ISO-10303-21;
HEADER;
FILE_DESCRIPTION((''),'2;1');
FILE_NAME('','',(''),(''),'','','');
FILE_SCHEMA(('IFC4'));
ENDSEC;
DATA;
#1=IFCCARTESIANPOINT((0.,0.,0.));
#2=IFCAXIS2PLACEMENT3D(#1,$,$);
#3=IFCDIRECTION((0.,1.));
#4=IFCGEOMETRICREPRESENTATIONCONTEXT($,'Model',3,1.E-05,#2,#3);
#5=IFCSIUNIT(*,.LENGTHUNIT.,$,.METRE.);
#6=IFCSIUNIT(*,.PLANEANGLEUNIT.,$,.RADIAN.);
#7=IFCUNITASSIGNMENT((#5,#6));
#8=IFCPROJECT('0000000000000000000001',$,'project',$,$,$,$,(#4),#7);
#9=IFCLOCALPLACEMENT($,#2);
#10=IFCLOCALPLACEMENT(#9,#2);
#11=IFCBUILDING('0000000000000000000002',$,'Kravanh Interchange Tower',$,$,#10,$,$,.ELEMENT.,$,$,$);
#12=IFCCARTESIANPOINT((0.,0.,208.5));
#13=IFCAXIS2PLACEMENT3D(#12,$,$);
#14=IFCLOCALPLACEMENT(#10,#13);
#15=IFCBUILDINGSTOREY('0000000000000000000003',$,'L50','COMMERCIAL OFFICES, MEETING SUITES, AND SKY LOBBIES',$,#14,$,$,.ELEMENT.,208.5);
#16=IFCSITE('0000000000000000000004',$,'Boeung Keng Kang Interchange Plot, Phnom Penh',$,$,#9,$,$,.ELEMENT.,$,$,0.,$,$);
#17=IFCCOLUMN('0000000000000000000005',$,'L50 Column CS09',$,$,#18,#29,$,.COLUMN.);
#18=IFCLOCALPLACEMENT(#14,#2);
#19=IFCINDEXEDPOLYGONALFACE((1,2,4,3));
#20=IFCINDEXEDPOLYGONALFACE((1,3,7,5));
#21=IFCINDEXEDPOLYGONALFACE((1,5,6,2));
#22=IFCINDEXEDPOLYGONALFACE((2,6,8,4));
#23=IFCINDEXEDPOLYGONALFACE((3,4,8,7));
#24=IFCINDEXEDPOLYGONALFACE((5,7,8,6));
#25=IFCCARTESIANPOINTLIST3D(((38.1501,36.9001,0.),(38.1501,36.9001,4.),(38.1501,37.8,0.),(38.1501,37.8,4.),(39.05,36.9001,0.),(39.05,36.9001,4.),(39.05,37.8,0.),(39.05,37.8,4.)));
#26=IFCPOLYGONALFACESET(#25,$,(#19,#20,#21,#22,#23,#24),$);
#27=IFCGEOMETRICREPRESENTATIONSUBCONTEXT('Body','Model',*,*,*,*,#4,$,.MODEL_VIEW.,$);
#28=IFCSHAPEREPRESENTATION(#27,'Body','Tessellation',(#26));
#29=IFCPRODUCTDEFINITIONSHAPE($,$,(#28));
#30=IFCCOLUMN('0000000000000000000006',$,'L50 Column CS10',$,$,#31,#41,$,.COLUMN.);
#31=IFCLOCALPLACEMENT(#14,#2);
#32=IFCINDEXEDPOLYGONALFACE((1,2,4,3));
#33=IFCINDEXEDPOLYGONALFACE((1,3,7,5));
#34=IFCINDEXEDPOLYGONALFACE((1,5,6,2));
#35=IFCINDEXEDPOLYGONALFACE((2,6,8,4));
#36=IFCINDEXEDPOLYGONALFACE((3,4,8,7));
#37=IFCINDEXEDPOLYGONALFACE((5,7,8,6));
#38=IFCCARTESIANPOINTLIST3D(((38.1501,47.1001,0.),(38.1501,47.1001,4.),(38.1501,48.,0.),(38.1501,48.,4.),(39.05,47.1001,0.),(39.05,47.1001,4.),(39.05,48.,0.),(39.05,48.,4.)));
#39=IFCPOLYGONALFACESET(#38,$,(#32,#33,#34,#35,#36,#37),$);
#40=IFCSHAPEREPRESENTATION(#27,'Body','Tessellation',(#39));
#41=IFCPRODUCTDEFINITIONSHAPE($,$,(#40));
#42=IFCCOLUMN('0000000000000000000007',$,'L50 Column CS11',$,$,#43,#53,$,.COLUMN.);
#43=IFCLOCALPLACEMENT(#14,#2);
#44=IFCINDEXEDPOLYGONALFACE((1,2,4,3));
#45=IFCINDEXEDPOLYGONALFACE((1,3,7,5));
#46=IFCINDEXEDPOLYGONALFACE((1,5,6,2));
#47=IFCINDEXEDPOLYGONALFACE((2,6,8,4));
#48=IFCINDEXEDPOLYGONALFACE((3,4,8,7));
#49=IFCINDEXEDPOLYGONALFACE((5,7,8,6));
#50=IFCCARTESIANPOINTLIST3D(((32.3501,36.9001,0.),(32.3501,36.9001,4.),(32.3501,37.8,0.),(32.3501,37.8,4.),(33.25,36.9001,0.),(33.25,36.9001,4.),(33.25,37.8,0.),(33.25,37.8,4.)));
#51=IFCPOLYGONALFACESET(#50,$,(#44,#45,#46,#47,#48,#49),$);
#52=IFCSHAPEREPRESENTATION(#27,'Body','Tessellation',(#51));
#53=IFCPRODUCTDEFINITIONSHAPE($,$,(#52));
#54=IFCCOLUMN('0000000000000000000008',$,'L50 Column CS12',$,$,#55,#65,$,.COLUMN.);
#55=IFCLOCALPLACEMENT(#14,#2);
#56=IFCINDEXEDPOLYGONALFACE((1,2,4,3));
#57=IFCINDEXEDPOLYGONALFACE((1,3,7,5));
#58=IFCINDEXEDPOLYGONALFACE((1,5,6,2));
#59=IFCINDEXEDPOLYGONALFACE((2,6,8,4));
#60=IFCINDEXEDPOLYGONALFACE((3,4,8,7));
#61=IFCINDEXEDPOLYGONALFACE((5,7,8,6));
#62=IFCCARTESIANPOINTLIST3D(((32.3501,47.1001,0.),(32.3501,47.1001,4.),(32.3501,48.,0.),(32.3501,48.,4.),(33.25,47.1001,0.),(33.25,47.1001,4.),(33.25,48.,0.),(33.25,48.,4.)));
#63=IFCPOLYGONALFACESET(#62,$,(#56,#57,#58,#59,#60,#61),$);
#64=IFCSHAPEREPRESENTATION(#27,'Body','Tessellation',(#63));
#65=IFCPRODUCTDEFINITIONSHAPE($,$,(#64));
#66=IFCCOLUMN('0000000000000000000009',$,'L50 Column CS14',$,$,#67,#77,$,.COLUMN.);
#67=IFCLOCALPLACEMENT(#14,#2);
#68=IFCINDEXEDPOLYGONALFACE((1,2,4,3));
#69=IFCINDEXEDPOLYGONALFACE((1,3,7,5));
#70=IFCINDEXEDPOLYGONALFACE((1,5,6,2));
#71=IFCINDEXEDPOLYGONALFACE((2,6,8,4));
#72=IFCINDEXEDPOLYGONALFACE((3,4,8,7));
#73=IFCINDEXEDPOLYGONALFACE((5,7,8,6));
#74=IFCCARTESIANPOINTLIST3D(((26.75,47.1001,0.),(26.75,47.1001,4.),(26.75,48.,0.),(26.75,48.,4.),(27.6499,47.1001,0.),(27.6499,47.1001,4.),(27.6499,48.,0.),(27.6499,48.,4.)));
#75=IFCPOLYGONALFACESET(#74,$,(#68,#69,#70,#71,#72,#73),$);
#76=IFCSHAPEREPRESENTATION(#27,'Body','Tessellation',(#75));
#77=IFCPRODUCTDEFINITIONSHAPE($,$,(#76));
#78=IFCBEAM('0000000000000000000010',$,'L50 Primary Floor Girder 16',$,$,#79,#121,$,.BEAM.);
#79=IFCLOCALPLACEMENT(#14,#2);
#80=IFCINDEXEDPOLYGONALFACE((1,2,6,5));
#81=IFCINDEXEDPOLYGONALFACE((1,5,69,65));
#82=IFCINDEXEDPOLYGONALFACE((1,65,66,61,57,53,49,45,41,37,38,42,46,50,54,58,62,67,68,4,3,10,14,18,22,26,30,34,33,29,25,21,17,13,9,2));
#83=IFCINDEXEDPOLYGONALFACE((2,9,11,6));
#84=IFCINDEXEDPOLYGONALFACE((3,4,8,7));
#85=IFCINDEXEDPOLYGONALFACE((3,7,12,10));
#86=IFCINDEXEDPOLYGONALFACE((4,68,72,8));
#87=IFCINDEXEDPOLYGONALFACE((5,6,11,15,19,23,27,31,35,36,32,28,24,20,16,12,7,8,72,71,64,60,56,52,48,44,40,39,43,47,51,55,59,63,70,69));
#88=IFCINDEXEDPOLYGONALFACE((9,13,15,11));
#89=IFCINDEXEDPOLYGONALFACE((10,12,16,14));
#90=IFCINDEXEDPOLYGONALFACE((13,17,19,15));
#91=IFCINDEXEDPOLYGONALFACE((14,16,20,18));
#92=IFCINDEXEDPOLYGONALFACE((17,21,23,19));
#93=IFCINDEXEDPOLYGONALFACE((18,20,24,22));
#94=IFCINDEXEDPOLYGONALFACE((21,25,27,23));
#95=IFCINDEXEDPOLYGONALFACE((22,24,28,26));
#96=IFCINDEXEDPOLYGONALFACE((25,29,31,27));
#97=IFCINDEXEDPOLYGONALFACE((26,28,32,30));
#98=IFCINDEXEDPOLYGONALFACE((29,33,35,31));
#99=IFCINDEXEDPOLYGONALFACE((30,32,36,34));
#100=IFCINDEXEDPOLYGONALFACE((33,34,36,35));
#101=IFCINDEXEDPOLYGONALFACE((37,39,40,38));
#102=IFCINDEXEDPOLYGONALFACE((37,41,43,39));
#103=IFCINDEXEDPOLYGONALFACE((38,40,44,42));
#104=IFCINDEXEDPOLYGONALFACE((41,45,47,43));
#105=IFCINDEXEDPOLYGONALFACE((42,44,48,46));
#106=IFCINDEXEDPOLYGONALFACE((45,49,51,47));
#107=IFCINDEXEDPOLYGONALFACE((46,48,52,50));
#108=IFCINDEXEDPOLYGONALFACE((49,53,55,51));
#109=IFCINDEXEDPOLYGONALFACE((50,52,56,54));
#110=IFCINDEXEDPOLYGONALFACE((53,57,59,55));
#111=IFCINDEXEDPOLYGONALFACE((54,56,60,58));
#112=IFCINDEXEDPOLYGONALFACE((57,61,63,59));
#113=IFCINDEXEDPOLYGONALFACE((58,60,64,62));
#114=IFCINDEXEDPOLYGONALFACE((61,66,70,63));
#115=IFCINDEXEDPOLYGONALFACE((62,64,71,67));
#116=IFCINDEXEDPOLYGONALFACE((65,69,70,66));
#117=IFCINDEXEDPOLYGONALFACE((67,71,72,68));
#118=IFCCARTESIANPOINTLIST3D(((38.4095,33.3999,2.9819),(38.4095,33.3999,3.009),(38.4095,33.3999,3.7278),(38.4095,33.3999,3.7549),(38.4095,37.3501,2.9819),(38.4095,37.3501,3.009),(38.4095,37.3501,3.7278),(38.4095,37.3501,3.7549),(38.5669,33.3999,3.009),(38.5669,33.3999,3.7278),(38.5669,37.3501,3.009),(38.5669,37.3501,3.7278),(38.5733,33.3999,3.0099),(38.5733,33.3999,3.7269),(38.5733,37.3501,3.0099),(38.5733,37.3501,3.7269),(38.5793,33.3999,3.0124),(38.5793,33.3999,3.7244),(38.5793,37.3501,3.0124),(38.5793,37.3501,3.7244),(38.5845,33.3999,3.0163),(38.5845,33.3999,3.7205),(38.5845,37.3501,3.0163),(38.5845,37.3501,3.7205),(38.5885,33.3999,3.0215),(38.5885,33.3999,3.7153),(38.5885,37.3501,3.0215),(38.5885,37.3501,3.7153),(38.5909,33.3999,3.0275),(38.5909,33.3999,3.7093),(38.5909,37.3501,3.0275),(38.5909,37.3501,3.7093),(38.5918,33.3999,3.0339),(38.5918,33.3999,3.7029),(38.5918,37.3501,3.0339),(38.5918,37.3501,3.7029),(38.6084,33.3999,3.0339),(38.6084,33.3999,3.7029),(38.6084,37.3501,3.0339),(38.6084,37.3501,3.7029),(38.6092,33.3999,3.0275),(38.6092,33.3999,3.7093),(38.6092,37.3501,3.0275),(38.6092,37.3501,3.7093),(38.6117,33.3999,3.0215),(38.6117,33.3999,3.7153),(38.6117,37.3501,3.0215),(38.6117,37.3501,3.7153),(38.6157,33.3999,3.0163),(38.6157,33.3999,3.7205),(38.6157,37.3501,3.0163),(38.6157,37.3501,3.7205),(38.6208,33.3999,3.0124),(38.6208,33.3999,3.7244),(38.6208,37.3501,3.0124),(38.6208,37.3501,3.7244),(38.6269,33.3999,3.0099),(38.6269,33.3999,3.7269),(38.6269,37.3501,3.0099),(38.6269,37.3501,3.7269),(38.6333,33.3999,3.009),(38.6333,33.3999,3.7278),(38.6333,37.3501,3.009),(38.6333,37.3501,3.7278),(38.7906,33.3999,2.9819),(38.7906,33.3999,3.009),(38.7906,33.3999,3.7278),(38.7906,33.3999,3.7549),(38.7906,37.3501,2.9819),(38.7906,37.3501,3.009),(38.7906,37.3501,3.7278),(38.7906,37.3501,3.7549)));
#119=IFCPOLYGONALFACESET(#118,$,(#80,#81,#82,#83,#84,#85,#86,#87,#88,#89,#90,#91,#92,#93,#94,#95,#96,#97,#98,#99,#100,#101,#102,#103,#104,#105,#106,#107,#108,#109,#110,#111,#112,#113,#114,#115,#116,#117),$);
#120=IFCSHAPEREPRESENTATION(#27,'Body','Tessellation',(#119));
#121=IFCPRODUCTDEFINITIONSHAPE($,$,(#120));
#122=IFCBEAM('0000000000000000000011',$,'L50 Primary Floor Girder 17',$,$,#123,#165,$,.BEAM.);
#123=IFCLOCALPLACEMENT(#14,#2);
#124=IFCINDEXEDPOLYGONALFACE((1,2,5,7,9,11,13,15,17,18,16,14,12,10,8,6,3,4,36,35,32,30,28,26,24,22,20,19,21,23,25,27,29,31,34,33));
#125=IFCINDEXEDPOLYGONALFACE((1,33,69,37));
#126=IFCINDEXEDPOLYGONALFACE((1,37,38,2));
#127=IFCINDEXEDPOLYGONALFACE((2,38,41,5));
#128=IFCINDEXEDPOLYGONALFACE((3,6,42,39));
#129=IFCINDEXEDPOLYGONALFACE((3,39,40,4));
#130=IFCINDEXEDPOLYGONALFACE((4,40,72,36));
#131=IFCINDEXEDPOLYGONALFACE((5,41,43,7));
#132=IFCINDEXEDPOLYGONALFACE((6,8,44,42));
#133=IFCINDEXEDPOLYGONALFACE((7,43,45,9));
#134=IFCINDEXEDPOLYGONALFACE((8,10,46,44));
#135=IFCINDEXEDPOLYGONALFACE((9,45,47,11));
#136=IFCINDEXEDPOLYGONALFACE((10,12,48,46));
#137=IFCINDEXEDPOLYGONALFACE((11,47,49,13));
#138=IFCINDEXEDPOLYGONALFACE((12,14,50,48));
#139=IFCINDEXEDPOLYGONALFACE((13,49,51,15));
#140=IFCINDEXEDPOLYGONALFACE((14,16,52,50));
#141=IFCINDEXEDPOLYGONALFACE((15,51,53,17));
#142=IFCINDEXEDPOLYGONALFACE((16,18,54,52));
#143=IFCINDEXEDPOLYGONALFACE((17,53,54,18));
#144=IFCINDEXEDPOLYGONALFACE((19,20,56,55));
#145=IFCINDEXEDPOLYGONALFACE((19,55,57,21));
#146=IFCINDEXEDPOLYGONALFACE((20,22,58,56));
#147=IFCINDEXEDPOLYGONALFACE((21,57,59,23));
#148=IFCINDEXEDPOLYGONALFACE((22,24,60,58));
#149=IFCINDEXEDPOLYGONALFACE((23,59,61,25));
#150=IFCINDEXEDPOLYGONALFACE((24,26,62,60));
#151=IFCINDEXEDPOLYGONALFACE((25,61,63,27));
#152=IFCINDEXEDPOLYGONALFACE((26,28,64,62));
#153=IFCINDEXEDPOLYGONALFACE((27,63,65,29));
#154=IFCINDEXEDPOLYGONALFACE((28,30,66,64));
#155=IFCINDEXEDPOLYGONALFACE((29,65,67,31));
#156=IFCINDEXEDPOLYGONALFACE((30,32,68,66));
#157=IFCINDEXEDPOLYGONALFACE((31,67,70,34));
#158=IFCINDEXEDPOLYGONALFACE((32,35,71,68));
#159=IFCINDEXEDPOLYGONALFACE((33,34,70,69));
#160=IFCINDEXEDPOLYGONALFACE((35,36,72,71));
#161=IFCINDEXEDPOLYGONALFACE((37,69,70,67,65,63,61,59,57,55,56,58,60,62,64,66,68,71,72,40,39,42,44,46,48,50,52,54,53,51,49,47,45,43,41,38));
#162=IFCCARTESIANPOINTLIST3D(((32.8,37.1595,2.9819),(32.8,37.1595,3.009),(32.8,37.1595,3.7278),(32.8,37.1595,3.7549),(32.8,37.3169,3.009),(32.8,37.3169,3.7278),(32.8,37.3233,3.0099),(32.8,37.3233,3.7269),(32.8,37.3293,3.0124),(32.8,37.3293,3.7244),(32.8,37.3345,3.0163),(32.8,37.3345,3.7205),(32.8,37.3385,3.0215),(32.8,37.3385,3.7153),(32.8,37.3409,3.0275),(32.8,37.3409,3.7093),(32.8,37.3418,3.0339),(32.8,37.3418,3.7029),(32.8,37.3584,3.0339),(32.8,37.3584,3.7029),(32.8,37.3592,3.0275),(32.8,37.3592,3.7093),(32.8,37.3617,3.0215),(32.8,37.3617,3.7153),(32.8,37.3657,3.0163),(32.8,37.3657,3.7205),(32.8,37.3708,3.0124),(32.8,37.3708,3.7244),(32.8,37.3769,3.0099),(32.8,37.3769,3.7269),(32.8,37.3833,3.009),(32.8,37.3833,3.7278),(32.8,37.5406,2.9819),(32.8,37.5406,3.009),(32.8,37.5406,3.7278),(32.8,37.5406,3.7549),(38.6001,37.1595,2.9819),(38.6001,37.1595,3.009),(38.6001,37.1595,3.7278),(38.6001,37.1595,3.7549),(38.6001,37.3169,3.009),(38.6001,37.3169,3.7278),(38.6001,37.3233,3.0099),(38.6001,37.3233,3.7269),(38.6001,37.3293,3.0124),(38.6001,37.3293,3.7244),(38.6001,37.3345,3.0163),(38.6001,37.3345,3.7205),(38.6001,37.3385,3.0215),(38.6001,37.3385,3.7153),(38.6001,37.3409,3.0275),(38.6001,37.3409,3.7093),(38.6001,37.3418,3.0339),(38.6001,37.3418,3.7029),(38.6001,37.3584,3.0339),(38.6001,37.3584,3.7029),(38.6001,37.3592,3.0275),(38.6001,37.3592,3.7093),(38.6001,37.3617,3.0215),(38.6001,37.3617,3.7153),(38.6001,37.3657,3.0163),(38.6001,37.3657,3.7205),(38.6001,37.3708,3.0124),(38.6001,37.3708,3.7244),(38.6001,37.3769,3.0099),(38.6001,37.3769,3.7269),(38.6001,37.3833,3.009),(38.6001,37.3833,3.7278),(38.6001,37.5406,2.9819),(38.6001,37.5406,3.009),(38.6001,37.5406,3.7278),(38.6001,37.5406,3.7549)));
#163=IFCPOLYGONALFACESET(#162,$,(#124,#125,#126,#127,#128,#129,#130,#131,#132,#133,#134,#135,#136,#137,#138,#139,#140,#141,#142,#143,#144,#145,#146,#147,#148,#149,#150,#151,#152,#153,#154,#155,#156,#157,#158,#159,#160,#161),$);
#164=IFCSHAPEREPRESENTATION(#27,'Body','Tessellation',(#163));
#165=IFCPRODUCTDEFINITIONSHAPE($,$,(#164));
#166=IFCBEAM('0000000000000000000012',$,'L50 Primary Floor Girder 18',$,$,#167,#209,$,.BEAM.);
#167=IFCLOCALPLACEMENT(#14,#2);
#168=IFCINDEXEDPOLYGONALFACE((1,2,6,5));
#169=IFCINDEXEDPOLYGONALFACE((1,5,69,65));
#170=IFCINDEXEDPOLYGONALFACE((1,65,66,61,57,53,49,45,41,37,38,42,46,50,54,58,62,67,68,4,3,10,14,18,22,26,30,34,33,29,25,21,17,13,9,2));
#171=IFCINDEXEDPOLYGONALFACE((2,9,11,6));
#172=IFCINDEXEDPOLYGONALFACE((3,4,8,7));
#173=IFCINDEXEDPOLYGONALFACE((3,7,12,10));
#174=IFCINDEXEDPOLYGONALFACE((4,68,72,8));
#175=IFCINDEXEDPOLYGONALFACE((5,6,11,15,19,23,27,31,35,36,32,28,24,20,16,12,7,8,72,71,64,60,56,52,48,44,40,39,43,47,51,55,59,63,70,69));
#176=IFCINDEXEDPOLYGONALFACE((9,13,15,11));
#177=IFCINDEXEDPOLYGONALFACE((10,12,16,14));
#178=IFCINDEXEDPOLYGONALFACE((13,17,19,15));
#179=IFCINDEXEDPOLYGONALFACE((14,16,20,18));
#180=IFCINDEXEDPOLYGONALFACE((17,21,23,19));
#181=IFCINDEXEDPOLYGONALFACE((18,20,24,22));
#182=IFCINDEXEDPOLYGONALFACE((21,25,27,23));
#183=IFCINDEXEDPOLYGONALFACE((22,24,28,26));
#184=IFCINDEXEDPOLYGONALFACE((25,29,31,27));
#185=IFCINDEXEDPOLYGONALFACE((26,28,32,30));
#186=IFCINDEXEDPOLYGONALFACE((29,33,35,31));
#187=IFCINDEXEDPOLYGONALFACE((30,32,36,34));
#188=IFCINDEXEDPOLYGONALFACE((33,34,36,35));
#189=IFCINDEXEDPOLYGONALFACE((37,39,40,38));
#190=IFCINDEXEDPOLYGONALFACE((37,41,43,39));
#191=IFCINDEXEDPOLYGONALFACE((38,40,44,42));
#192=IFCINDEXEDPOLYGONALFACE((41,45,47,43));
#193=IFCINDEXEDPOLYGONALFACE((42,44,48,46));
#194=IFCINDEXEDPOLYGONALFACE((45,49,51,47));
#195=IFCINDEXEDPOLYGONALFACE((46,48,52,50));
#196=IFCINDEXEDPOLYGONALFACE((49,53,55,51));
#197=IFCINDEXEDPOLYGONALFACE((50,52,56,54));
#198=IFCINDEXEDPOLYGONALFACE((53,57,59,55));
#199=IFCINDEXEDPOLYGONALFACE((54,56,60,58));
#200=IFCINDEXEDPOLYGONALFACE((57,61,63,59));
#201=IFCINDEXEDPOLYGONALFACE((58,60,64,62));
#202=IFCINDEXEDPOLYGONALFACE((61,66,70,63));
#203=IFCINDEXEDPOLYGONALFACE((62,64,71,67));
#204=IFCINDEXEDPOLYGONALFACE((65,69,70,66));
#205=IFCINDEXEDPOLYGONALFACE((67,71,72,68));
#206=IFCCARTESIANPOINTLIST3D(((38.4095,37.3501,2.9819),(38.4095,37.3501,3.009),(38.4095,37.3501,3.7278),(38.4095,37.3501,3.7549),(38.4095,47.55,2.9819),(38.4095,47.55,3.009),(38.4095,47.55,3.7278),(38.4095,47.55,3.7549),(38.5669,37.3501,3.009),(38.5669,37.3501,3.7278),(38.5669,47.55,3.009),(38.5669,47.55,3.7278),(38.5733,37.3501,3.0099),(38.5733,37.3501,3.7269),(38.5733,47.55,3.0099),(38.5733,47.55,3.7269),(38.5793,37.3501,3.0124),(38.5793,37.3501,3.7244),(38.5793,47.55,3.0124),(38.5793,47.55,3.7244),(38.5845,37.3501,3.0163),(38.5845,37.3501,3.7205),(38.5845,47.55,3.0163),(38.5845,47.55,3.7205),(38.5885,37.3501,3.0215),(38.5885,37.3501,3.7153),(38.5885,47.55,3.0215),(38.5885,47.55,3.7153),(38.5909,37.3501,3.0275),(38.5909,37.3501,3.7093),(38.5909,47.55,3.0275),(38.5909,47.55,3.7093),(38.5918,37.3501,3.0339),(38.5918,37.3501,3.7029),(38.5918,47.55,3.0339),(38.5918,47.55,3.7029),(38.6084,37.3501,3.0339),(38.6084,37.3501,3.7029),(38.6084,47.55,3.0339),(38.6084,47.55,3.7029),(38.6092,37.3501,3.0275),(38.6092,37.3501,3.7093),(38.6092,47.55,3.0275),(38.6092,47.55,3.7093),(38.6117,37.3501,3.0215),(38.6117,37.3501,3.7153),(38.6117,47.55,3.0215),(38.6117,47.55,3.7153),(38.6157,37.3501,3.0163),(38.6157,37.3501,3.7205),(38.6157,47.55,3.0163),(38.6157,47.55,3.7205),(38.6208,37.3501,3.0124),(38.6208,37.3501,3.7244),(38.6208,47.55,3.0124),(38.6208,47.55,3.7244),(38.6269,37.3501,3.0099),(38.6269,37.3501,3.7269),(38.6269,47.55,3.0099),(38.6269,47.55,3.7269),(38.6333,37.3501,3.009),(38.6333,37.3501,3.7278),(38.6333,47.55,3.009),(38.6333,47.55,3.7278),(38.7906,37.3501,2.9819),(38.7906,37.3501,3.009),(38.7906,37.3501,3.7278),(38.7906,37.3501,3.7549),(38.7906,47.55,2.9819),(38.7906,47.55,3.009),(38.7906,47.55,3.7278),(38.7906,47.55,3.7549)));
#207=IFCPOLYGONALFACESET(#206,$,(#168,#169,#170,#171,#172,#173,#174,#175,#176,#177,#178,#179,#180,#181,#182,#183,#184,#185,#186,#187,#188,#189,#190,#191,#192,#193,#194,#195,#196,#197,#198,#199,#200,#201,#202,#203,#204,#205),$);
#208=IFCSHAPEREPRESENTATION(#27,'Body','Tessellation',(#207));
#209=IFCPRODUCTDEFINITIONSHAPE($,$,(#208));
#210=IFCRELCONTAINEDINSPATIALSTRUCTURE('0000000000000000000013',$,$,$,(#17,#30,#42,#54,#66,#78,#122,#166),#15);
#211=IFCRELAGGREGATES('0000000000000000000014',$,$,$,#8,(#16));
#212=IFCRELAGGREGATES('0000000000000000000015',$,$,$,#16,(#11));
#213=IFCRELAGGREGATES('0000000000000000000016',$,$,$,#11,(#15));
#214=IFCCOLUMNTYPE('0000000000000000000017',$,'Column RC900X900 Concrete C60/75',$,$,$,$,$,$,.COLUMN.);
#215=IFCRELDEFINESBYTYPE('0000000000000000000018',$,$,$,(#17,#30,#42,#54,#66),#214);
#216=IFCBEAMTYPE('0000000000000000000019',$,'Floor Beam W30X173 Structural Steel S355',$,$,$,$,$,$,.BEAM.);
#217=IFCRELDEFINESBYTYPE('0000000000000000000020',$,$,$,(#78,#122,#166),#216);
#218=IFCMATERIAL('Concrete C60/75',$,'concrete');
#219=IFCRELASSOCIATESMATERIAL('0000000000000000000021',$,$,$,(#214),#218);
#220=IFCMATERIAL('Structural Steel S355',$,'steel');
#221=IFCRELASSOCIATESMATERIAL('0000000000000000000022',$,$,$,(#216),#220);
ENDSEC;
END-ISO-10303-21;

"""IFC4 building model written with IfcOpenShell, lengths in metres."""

from ifc_helpers import new_model, si_unit, direction, frame, origin, origin_2d, place, context, subcontext, project, spatial, rectangle, i_section, extrude, material, material_profile, profile_set, type_object, element, save


model = new_model("IFC4")

# Units and contexts
model_context = context("Model", 3, precision=1e-05, world=origin(), true_north=direction((0.0, 1.0)))
body_context = subcontext(model_context, "Body", "Model", "MODEL_VIEW")
ifc_project = project(units=[si_unit("LENGTHUNIT", "METRE"), si_unit("PLANEANGLEUNIT", "RADIAN")], contexts=[model_context])

# Site, building, storey
site_placement = place(None, origin())
site = spatial("IfcSite", under=ifc_project, at=site_placement, Name="Boeung Keng Kang Interchange Plot, Phnom Penh", CompositionType="ELEMENT", RefElevation=0.0)
building_placement = place(site_placement, origin())
building = spatial("IfcBuilding", under=site, at=building_placement, Name="Kravanh Interchange Tower", CompositionType="ELEMENT")
storey_placement = place(building_placement, frame((0.0, 0.0, 208.5)))
storey = spatial("IfcBuildingStorey", under=building, at=storey_placement, Name="L50", Description="COMMERCIAL OFFICES, MEETING SUITES, AND SKY LOBBIES", CompositionType="ELEMENT", Elevation=208.5)

# Columns
ifc_material_1 = material(Name="Concrete C60/75", Category="concrete")
ifc_material_profile_1 = material_profile(ifc_material_1, rectangle(XDim=0.8999, YDim=0.8999, at=origin_2d()), Name="RC900X900")
ifc_profile_set_1 = profile_set([ifc_material_profile_1], Name="Concrete C60/75")
column_type = type_object("IfcColumnType", Name="Column RC900X900 Concrete C60/75", PredefinedType="COLUMN", material=ifc_profile_set_1)
for number, where, z_axis, x_axis, name in (
    (1, (38.6001, 37.3501, 0.0), (0.0, 0.0, 1.0), (1.0, 0.0, 0.0), "L50 Column CS09"),
    (2, (38.6001, 47.55, 0.0), (0.0, 0.0, 1.0), (1.0, 0.0, 0.0), "L50 Column CS10"),
    (3, (32.8, 37.3501, 0.0), (0.0, 0.0, 1.0), (1.0, 0.0, 0.0), "L50 Column CS11"),
    (4, (32.8, 47.55, 0.0), (0.0, 0.0, 1.0), (1.0, 0.0, 0.0), "L50 Column CS12"),
    (5, (27.2, 47.55, 0.0), (0.0, 0.0, 1.0), (1.0, 0.0, 0.0), "L50 Column CS14"),
):
    element("IfcColumn", number, at=place(storey_placement, frame(where, z_axis=z_axis, x_axis=x_axis)), inside=storey, type_object=column_type, Name=name, PredefinedType="COLUMN", context=body_context, shape_type="SweptSolid", body=[
        extrude(rectangle(XDim=0.8999, YDim=0.8999, at=origin_2d()), origin(), (0.0, 0.0, 1.0), 4.0),
    ])

# Beams
ifc_material_2 = material(Name="Structural Steel S355", Category="steel")
ifc_material_profile_2 = material_profile(ifc_material_2, i_section(OverallWidth=0.3811, OverallDepth=0.7729, WebThickness=0.0166, FlangeThickness=0.0271, FilletRadius=0.0249, at=origin_2d()), Name="W30X173")
ifc_profile_set_2 = profile_set([ifc_material_profile_2], Name="Structural Steel S355")
beam_type = type_object("IfcBeamType", Name="Floor Beam W30X173 Structural Steel S355", PredefinedType="BEAM", material=ifc_profile_set_2)
beam_1_placement = place(storey_placement, frame((38.6001, 37.3501, 3.3684), z_axis=(0.0, -1.0, 0.0), x_axis=(1.0, 0.0, 0.0)))
element("IfcBeam", 6, at=beam_1_placement, inside=storey, type_object=beam_type, Name="L50 Primary Floor Girder 16", PredefinedType="BEAM", context=body_context, shape_type="SweptSolid", body=[
    extrude(i_section(OverallWidth=0.3811, OverallDepth=0.7729, WebThickness=0.0166, FlangeThickness=0.0271, FilletRadius=0.0249, at=origin_2d()), origin(), (0.0, 0.0, 1.0), 3.9502),
])
beam_2_placement = place(storey_placement, frame((38.6001, 37.3501, 3.3684), z_axis=(-1.0, 0.0, 0.0), x_axis=(0.0, -1.0, 0.0)))
element("IfcBeam", 7, at=beam_2_placement, inside=storey, type_object=beam_type, Name="L50 Primary Floor Girder 17", PredefinedType="BEAM", context=body_context, shape_type="SweptSolid", body=[
    extrude(i_section(OverallWidth=0.3811, OverallDepth=0.7729, WebThickness=0.0166, FlangeThickness=0.0271, FilletRadius=0.0249, at=origin_2d()), origin(), (0.0, 0.0, 1.0), 5.8),
])
beam_3_placement = place(storey_placement, frame((38.6001, 37.3501, 3.3684), z_axis=(0.0, 1.0, 0.0), x_axis=(-1.0, 0.0, 0.0)))
element("IfcBeam", 8, at=beam_3_placement, inside=storey, type_object=beam_type, Name="L50 Primary Floor Girder 18", PredefinedType="BEAM", context=body_context, shape_type="SweptSolid", body=[
    extrude(i_section(OverallWidth=0.3811, OverallDepth=0.7729, WebThickness=0.0166, FlangeThickness=0.0271, FilletRadius=0.0249, at=origin_2d()), origin(), (0.0, 0.0, 1.0), 10.2),
])

save(model, "model.ifc")
